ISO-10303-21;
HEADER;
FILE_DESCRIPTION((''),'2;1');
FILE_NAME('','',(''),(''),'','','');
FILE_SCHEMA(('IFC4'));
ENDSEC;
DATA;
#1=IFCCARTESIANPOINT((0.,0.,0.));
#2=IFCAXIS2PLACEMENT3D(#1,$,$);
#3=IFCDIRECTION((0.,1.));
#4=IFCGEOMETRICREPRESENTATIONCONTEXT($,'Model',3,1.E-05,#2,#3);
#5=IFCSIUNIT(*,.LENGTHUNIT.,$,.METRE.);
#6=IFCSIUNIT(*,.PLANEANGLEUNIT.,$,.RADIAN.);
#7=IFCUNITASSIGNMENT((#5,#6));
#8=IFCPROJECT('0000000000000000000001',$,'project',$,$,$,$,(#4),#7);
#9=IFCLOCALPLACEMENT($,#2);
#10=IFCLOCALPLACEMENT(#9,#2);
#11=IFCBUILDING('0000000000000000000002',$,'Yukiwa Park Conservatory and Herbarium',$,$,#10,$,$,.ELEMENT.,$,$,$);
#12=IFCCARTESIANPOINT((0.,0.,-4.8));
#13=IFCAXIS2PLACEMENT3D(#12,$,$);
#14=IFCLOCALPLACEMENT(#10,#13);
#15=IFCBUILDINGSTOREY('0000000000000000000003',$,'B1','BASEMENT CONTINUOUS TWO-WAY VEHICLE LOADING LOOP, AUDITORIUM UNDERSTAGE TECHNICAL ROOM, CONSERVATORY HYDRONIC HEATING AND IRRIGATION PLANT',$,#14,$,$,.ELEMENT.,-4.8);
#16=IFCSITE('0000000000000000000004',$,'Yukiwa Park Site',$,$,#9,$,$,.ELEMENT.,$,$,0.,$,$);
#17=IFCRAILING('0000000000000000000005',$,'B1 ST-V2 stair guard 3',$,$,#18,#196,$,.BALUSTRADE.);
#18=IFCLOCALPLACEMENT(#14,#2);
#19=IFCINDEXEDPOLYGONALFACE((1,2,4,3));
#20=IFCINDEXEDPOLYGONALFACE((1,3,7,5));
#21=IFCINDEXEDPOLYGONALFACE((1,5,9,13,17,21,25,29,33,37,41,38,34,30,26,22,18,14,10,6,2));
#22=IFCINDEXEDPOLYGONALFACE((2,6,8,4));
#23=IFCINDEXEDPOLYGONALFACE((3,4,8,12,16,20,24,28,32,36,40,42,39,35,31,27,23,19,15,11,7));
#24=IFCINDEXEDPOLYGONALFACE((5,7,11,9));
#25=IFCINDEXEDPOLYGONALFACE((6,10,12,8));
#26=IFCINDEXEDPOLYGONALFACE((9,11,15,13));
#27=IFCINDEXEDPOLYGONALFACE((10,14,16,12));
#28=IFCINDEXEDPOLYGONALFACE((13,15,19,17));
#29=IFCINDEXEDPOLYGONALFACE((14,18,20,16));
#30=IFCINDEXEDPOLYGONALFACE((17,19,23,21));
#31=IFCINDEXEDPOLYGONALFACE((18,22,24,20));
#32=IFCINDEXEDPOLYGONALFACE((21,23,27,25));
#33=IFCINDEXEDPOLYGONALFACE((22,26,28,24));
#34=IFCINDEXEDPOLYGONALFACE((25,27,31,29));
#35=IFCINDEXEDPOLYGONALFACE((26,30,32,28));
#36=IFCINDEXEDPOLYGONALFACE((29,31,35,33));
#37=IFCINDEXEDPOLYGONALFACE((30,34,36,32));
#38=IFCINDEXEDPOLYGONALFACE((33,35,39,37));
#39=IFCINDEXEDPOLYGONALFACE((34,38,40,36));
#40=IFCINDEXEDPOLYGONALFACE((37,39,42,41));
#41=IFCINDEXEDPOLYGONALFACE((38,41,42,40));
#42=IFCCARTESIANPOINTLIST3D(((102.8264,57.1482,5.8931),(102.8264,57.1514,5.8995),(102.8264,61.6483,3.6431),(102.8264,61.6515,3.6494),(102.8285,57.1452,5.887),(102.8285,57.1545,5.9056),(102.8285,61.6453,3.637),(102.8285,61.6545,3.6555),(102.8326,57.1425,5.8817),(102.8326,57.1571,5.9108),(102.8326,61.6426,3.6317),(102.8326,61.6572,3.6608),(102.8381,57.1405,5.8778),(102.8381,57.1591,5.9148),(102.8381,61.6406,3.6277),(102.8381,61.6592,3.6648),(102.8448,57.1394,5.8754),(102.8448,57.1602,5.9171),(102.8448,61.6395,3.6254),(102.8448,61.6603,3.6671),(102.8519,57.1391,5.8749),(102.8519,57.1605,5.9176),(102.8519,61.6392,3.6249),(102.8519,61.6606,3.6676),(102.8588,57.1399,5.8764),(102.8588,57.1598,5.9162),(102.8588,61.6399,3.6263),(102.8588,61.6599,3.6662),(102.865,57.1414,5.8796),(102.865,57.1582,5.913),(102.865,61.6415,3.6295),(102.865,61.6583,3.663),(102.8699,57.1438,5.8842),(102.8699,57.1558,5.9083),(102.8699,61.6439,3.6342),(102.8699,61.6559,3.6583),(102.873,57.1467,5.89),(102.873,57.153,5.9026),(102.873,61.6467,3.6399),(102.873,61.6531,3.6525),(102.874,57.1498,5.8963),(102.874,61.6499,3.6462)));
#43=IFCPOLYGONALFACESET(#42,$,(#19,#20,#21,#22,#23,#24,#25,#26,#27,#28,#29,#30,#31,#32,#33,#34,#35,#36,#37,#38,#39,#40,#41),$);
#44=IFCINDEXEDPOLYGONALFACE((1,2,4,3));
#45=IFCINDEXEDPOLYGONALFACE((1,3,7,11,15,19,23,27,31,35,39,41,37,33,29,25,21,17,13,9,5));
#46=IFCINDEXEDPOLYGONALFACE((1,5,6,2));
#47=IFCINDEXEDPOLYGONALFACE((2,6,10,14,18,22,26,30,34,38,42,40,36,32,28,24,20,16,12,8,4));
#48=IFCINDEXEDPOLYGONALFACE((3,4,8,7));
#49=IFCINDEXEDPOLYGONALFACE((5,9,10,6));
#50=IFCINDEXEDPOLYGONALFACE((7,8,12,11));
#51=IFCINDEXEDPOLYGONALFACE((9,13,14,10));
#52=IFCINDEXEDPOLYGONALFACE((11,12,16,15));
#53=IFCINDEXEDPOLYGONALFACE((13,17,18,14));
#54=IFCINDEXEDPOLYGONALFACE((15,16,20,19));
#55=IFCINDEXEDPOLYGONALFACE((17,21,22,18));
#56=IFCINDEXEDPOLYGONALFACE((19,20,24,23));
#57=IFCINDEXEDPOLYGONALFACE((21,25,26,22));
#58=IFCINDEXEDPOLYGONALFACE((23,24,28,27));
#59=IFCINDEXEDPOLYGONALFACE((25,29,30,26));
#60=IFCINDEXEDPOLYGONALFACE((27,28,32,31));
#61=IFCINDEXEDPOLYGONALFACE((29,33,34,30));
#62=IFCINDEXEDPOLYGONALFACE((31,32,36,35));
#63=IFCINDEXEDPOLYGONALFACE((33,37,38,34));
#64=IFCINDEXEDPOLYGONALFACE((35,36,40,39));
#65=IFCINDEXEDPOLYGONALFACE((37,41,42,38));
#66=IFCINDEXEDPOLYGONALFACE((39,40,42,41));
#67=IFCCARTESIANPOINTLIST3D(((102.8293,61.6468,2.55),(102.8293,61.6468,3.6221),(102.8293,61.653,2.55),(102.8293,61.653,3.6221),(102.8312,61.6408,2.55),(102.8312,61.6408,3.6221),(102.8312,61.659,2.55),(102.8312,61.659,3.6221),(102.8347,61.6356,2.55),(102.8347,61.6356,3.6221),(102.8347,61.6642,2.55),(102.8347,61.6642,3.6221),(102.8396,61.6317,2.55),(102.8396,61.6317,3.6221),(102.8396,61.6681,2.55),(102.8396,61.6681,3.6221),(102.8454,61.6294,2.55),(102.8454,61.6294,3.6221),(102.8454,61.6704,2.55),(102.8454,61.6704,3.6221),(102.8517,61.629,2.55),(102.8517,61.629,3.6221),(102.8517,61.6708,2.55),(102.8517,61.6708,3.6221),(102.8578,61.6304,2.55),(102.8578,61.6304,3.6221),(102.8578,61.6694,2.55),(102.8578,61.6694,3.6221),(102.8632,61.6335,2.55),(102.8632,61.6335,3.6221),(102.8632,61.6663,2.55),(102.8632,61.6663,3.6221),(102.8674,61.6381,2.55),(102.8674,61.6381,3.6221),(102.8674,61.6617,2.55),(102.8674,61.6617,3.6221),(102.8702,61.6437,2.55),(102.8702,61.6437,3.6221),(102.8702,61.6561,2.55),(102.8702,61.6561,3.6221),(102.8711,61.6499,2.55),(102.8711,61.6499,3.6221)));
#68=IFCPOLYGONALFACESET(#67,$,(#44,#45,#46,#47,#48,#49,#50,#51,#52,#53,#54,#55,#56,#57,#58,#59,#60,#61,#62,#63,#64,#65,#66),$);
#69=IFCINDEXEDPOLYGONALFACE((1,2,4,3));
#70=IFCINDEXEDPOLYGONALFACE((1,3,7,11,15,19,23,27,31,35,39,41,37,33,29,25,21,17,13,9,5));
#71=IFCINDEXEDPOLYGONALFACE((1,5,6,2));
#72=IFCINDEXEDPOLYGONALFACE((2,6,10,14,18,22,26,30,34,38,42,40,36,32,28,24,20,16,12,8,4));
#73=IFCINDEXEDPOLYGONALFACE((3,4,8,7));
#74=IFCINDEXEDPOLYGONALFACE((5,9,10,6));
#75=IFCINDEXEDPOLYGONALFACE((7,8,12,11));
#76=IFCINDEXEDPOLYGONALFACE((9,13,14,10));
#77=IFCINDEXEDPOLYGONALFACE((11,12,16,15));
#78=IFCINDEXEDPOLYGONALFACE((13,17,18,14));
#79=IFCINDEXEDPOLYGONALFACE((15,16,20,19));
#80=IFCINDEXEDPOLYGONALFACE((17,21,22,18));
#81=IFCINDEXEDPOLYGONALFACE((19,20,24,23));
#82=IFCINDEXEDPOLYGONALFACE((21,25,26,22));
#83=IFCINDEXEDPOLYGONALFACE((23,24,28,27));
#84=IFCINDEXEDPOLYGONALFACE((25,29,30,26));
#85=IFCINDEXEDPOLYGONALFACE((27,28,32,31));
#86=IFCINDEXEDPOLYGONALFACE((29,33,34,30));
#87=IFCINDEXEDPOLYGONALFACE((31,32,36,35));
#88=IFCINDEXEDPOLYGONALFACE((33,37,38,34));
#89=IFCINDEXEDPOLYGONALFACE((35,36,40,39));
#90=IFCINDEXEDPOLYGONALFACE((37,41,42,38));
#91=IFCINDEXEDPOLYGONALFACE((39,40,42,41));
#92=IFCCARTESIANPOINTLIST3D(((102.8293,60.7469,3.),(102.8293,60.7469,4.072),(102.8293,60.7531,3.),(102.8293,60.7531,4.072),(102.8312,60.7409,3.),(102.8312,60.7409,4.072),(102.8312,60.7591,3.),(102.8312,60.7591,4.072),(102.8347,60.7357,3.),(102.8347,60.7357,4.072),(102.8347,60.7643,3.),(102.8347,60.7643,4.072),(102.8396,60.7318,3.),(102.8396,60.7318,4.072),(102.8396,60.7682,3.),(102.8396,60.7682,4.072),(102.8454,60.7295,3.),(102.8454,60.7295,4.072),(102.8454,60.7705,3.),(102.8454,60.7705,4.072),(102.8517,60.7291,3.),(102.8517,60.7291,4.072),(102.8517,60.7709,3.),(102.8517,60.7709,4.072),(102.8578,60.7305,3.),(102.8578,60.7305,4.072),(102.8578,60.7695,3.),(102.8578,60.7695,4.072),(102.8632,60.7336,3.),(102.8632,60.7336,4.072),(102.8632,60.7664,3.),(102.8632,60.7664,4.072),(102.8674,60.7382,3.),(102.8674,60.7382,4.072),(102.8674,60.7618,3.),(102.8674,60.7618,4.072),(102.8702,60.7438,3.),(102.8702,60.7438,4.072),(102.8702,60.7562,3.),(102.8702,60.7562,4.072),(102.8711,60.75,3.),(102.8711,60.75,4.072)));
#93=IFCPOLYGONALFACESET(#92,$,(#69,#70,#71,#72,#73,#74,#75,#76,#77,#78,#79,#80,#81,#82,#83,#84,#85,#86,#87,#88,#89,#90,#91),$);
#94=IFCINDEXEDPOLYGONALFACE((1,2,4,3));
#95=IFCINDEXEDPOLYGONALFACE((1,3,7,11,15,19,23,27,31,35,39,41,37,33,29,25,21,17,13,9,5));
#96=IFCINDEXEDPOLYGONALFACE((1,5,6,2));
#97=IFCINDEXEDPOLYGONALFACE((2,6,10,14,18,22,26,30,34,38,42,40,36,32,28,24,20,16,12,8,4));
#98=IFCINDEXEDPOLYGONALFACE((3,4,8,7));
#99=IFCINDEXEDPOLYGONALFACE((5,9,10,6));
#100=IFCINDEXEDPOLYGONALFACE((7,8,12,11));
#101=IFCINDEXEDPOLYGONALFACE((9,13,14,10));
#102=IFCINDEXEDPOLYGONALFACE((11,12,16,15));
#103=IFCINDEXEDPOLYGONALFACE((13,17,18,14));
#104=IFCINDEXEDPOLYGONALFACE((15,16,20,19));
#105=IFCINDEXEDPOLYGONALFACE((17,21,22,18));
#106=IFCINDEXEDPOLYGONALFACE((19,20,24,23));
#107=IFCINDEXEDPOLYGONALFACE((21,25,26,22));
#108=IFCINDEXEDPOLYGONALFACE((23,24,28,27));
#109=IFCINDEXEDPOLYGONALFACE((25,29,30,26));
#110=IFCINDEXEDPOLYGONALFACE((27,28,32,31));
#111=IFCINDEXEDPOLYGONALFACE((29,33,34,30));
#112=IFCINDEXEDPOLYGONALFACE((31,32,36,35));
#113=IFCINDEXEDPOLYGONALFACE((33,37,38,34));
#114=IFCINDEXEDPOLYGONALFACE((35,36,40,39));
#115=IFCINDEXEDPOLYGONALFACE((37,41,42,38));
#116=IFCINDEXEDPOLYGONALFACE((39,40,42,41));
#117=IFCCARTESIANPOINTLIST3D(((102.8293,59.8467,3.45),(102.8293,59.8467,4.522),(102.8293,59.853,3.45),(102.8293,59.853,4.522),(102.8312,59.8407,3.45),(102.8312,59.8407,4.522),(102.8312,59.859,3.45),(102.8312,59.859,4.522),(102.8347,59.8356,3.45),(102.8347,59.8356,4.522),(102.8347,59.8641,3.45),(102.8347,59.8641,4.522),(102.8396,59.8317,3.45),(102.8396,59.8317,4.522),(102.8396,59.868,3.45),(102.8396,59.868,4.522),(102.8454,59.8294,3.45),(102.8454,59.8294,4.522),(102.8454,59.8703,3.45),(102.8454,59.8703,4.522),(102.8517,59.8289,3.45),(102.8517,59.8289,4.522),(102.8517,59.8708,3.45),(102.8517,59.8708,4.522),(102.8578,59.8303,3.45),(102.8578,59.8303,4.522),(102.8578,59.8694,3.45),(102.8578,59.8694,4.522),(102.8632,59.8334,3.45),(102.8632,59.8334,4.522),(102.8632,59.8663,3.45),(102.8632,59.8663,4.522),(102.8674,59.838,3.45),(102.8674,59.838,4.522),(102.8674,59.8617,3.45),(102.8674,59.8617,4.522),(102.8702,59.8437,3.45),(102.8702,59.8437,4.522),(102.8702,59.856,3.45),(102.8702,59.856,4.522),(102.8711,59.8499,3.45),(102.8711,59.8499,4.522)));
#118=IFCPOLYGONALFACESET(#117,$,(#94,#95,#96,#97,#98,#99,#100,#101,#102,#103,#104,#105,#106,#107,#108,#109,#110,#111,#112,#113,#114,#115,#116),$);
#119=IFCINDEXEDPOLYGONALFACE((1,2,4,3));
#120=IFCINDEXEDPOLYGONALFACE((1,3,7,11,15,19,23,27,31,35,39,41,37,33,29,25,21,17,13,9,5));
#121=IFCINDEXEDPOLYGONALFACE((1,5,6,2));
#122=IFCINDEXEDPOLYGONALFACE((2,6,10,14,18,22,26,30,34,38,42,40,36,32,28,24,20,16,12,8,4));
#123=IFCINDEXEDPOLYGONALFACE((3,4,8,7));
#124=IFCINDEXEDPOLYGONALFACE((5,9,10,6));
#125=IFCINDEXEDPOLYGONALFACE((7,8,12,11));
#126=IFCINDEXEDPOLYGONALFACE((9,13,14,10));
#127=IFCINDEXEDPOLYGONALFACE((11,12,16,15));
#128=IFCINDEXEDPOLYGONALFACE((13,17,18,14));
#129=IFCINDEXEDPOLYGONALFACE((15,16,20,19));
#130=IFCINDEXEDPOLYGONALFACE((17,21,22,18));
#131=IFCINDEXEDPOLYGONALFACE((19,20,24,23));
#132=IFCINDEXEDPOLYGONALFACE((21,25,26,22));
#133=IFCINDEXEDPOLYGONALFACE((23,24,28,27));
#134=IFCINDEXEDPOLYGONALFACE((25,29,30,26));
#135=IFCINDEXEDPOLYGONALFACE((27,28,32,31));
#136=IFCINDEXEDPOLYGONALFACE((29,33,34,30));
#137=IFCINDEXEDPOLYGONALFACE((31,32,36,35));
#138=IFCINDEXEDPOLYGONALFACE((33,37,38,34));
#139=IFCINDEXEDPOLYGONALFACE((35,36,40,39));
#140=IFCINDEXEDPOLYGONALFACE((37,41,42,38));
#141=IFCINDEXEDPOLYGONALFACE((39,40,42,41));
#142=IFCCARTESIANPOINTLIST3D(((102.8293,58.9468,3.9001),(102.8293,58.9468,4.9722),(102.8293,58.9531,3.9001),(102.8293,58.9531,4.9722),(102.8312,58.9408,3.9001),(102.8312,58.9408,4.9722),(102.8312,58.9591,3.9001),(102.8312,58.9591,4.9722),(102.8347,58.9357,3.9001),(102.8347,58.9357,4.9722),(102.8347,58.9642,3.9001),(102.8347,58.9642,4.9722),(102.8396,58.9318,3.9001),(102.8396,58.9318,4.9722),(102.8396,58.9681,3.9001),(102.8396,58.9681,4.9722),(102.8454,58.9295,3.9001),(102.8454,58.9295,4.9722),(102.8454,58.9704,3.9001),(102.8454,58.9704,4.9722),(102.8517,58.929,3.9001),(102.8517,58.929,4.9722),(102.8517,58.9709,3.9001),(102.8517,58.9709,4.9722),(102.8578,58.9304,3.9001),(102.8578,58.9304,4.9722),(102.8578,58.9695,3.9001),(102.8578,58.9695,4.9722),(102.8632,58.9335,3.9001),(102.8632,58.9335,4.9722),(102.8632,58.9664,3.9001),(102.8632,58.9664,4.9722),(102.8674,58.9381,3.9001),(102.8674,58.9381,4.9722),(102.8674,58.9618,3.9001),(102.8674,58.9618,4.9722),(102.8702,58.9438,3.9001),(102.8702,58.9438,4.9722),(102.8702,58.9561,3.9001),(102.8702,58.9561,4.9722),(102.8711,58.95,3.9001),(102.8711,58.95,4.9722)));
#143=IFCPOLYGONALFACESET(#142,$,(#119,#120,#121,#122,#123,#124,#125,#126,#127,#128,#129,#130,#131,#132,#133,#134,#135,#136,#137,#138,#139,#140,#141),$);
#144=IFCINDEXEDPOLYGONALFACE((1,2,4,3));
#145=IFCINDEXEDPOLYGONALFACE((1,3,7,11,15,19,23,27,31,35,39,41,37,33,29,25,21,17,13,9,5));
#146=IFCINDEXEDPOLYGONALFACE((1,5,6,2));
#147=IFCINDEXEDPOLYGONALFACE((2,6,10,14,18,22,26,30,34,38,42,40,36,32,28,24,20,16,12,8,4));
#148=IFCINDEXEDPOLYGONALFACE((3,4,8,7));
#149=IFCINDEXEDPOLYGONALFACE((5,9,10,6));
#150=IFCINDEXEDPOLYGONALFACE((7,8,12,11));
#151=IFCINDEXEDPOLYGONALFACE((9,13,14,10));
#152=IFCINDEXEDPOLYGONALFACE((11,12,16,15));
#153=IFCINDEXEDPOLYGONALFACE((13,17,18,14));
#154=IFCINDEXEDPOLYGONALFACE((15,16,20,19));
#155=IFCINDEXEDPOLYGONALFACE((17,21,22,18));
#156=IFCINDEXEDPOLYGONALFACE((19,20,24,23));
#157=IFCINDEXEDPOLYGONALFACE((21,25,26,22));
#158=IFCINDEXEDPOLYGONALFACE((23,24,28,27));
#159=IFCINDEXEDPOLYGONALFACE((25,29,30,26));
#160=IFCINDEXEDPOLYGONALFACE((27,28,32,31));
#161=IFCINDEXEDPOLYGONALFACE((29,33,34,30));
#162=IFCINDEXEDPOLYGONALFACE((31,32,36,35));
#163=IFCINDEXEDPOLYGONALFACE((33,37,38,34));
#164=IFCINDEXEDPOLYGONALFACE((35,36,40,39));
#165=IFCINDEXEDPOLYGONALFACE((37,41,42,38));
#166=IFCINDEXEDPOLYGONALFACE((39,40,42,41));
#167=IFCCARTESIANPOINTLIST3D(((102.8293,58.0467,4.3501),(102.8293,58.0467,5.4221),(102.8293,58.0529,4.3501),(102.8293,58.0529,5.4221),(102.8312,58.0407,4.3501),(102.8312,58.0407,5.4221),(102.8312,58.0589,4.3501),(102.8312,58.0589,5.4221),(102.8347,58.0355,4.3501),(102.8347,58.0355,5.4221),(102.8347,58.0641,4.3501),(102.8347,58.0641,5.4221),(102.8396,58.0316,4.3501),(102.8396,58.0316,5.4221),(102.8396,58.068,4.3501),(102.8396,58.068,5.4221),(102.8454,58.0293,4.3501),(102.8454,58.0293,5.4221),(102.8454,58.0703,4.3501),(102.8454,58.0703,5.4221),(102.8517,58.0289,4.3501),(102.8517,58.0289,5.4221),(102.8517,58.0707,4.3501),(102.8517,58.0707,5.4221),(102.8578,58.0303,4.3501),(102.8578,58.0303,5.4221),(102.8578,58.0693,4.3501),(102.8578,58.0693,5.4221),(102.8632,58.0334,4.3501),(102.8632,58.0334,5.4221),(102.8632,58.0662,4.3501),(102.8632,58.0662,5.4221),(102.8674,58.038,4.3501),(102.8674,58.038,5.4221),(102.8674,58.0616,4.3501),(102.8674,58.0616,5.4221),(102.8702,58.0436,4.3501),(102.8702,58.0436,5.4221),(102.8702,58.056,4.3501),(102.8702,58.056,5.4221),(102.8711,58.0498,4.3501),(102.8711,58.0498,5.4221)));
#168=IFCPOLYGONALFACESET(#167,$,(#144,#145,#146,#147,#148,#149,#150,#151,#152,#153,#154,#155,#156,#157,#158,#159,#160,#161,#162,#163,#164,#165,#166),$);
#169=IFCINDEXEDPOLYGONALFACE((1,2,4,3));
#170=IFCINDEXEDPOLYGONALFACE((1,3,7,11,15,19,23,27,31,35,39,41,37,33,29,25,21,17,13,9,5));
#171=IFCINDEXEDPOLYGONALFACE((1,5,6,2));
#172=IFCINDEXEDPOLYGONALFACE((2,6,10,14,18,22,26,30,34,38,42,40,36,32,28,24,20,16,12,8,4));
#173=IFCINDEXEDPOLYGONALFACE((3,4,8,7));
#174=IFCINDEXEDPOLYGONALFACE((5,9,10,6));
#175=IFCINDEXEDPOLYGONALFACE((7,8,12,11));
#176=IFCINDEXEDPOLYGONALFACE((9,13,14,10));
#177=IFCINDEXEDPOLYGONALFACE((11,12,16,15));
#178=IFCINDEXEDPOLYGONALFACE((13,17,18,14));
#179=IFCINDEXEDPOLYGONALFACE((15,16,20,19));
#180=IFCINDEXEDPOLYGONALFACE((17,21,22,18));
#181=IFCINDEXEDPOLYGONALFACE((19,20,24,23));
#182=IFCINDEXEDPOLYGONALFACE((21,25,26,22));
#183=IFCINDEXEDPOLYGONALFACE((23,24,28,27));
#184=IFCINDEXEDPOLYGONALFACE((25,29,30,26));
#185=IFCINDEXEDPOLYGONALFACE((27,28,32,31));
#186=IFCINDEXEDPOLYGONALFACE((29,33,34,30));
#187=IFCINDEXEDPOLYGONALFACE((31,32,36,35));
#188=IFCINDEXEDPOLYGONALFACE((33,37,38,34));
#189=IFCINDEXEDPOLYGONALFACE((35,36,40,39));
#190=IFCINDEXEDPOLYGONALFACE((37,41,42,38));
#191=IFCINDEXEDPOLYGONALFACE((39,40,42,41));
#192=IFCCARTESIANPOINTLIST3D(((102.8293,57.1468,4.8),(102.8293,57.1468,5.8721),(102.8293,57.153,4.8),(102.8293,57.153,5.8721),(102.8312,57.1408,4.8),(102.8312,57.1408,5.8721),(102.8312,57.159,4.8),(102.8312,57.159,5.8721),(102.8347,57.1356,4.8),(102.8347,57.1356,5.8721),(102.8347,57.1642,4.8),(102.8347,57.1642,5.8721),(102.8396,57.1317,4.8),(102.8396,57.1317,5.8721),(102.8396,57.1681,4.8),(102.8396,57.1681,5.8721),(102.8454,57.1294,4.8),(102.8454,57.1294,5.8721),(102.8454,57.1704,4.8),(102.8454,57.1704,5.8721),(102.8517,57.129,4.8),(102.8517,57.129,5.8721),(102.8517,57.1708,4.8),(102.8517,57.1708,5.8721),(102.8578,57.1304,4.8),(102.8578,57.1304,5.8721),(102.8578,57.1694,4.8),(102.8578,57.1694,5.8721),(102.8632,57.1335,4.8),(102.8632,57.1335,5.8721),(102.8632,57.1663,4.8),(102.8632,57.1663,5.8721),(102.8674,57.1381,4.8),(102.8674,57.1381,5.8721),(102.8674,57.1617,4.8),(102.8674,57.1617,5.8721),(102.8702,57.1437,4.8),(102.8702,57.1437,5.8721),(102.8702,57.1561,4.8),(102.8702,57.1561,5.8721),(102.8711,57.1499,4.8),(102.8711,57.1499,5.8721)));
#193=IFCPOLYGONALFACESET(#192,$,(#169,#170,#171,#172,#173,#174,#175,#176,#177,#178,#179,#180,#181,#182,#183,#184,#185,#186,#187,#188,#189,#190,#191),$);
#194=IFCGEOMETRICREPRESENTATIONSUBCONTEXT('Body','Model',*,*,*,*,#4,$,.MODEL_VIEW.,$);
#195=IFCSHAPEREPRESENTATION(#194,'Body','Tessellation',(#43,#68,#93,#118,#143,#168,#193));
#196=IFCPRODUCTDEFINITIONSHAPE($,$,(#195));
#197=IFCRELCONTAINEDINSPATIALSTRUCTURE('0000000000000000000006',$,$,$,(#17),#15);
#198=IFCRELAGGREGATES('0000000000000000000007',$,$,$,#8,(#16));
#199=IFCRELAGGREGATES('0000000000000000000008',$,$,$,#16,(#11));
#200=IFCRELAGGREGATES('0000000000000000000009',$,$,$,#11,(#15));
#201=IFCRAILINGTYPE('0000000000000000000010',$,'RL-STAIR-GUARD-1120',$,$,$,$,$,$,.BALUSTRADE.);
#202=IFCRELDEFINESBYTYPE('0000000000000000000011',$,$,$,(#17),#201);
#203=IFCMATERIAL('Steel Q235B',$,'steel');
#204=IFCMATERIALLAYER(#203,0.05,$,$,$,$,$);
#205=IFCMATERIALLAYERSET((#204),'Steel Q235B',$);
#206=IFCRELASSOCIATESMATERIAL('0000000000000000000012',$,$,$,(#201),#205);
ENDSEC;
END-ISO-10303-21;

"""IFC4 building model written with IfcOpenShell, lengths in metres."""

from ifc_helpers import new_model, si_unit, direction, frame, origin, origin_2d, place, context, subcontext, project, spatial, circle, extrude, material, layer, layer_set, type_object, element, save


model = new_model("IFC4")

# Units and contexts
model_context = context("Model", 3, precision=1e-05, world=origin(), true_north=direction((0.0, 1.0)))
body_context = subcontext(model_context, "Body", "Model", "MODEL_VIEW")
ifc_project = project(units=[si_unit("LENGTHUNIT", "METRE"), si_unit("PLANEANGLEUNIT", "RADIAN")], contexts=[model_context])

# Site, building, storey
site_placement = place(None, origin())
site = spatial("IfcSite", under=ifc_project, at=site_placement, Name="Yukiwa Park Site", CompositionType="ELEMENT", RefElevation=0.0)
building_placement = place(site_placement, origin())
building = spatial("IfcBuilding", under=site, at=building_placement, Name="Yukiwa Park Conservatory and Herbarium", CompositionType="ELEMENT")
storey_placement = place(building_placement, frame((0.0, 0.0, -4.8)))
storey = spatial("IfcBuildingStorey", under=building, at=storey_placement, Name="B1", Description="BASEMENT CONTINUOUS TWO-WAY VEHICLE LOADING LOOP, AUDITORIUM UNDERSTAGE TECHNICAL ROOM, CONSERVATORY HYDRONIC HEATING AND IRRIGATION PLANT", CompositionType="ELEMENT", Elevation=-4.8)

# Railing
ifc_material_1 = material(Name="Steel Q235B", Category="steel")
ifc_layer_1 = layer(ifc_material_1, 0.05)
ifc_layer_set_1 = layer_set([ifc_layer_1], Name="Steel Q235B")
railing_type_1 = type_object("IfcRailingType", Name="RL-STAIR-GUARD-1120", PredefinedType="BALUSTRADE", material=ifc_layer_set_1)
railing_1_placement = place(storey_placement, frame((102.8501, 61.6499, 2.55)))
element("IfcRailing", 1, at=railing_1_placement, inside=storey, type_object=railing_type_1, Name="B1 ST-V2 stair guard 3", PredefinedType="BALUSTRADE", context=body_context, shape_type="SweptSolid", body=[
    extrude(circle(Radius=0.0239, at=origin_2d()), frame((0.0, 0.0, 1.0962), z_axis=(0.0, -0.894427, 0.447214), x_axis=(1.0, 0.0, 0.0)), (0.0, 0.0, 1.0), 5.0312),
    extrude(circle(Radius=0.021, at=origin_2d()), origin(), (0.0, 0.0, 1.0), 1.072),
    extrude(circle(Radius=0.021, at=origin_2d()), frame((0.0, -0.8999, 0.45)), (0.0, 0.0, 1.0), 1.072),
    extrude(circle(Radius=0.021, at=origin_2d()), frame((0.0, -1.8, 0.8999)), (0.0, 0.0, 1.0), 1.072),
    extrude(circle(Radius=0.021, at=origin_2d()), frame((0.0, -2.7, 1.3501)), (0.0, 0.0, 1.0), 1.072),
    extrude(circle(Radius=0.021, at=origin_2d()), frame((0.0, -3.6001, 1.8)), (0.0, 0.0, 1.0), 1.072),
    extrude(circle(Radius=0.021, at=origin_2d()), frame((0.0, -4.5, 2.25)), (0.0, 0.0, 1.0), 1.072),
])

save(model, "model.ifc")
